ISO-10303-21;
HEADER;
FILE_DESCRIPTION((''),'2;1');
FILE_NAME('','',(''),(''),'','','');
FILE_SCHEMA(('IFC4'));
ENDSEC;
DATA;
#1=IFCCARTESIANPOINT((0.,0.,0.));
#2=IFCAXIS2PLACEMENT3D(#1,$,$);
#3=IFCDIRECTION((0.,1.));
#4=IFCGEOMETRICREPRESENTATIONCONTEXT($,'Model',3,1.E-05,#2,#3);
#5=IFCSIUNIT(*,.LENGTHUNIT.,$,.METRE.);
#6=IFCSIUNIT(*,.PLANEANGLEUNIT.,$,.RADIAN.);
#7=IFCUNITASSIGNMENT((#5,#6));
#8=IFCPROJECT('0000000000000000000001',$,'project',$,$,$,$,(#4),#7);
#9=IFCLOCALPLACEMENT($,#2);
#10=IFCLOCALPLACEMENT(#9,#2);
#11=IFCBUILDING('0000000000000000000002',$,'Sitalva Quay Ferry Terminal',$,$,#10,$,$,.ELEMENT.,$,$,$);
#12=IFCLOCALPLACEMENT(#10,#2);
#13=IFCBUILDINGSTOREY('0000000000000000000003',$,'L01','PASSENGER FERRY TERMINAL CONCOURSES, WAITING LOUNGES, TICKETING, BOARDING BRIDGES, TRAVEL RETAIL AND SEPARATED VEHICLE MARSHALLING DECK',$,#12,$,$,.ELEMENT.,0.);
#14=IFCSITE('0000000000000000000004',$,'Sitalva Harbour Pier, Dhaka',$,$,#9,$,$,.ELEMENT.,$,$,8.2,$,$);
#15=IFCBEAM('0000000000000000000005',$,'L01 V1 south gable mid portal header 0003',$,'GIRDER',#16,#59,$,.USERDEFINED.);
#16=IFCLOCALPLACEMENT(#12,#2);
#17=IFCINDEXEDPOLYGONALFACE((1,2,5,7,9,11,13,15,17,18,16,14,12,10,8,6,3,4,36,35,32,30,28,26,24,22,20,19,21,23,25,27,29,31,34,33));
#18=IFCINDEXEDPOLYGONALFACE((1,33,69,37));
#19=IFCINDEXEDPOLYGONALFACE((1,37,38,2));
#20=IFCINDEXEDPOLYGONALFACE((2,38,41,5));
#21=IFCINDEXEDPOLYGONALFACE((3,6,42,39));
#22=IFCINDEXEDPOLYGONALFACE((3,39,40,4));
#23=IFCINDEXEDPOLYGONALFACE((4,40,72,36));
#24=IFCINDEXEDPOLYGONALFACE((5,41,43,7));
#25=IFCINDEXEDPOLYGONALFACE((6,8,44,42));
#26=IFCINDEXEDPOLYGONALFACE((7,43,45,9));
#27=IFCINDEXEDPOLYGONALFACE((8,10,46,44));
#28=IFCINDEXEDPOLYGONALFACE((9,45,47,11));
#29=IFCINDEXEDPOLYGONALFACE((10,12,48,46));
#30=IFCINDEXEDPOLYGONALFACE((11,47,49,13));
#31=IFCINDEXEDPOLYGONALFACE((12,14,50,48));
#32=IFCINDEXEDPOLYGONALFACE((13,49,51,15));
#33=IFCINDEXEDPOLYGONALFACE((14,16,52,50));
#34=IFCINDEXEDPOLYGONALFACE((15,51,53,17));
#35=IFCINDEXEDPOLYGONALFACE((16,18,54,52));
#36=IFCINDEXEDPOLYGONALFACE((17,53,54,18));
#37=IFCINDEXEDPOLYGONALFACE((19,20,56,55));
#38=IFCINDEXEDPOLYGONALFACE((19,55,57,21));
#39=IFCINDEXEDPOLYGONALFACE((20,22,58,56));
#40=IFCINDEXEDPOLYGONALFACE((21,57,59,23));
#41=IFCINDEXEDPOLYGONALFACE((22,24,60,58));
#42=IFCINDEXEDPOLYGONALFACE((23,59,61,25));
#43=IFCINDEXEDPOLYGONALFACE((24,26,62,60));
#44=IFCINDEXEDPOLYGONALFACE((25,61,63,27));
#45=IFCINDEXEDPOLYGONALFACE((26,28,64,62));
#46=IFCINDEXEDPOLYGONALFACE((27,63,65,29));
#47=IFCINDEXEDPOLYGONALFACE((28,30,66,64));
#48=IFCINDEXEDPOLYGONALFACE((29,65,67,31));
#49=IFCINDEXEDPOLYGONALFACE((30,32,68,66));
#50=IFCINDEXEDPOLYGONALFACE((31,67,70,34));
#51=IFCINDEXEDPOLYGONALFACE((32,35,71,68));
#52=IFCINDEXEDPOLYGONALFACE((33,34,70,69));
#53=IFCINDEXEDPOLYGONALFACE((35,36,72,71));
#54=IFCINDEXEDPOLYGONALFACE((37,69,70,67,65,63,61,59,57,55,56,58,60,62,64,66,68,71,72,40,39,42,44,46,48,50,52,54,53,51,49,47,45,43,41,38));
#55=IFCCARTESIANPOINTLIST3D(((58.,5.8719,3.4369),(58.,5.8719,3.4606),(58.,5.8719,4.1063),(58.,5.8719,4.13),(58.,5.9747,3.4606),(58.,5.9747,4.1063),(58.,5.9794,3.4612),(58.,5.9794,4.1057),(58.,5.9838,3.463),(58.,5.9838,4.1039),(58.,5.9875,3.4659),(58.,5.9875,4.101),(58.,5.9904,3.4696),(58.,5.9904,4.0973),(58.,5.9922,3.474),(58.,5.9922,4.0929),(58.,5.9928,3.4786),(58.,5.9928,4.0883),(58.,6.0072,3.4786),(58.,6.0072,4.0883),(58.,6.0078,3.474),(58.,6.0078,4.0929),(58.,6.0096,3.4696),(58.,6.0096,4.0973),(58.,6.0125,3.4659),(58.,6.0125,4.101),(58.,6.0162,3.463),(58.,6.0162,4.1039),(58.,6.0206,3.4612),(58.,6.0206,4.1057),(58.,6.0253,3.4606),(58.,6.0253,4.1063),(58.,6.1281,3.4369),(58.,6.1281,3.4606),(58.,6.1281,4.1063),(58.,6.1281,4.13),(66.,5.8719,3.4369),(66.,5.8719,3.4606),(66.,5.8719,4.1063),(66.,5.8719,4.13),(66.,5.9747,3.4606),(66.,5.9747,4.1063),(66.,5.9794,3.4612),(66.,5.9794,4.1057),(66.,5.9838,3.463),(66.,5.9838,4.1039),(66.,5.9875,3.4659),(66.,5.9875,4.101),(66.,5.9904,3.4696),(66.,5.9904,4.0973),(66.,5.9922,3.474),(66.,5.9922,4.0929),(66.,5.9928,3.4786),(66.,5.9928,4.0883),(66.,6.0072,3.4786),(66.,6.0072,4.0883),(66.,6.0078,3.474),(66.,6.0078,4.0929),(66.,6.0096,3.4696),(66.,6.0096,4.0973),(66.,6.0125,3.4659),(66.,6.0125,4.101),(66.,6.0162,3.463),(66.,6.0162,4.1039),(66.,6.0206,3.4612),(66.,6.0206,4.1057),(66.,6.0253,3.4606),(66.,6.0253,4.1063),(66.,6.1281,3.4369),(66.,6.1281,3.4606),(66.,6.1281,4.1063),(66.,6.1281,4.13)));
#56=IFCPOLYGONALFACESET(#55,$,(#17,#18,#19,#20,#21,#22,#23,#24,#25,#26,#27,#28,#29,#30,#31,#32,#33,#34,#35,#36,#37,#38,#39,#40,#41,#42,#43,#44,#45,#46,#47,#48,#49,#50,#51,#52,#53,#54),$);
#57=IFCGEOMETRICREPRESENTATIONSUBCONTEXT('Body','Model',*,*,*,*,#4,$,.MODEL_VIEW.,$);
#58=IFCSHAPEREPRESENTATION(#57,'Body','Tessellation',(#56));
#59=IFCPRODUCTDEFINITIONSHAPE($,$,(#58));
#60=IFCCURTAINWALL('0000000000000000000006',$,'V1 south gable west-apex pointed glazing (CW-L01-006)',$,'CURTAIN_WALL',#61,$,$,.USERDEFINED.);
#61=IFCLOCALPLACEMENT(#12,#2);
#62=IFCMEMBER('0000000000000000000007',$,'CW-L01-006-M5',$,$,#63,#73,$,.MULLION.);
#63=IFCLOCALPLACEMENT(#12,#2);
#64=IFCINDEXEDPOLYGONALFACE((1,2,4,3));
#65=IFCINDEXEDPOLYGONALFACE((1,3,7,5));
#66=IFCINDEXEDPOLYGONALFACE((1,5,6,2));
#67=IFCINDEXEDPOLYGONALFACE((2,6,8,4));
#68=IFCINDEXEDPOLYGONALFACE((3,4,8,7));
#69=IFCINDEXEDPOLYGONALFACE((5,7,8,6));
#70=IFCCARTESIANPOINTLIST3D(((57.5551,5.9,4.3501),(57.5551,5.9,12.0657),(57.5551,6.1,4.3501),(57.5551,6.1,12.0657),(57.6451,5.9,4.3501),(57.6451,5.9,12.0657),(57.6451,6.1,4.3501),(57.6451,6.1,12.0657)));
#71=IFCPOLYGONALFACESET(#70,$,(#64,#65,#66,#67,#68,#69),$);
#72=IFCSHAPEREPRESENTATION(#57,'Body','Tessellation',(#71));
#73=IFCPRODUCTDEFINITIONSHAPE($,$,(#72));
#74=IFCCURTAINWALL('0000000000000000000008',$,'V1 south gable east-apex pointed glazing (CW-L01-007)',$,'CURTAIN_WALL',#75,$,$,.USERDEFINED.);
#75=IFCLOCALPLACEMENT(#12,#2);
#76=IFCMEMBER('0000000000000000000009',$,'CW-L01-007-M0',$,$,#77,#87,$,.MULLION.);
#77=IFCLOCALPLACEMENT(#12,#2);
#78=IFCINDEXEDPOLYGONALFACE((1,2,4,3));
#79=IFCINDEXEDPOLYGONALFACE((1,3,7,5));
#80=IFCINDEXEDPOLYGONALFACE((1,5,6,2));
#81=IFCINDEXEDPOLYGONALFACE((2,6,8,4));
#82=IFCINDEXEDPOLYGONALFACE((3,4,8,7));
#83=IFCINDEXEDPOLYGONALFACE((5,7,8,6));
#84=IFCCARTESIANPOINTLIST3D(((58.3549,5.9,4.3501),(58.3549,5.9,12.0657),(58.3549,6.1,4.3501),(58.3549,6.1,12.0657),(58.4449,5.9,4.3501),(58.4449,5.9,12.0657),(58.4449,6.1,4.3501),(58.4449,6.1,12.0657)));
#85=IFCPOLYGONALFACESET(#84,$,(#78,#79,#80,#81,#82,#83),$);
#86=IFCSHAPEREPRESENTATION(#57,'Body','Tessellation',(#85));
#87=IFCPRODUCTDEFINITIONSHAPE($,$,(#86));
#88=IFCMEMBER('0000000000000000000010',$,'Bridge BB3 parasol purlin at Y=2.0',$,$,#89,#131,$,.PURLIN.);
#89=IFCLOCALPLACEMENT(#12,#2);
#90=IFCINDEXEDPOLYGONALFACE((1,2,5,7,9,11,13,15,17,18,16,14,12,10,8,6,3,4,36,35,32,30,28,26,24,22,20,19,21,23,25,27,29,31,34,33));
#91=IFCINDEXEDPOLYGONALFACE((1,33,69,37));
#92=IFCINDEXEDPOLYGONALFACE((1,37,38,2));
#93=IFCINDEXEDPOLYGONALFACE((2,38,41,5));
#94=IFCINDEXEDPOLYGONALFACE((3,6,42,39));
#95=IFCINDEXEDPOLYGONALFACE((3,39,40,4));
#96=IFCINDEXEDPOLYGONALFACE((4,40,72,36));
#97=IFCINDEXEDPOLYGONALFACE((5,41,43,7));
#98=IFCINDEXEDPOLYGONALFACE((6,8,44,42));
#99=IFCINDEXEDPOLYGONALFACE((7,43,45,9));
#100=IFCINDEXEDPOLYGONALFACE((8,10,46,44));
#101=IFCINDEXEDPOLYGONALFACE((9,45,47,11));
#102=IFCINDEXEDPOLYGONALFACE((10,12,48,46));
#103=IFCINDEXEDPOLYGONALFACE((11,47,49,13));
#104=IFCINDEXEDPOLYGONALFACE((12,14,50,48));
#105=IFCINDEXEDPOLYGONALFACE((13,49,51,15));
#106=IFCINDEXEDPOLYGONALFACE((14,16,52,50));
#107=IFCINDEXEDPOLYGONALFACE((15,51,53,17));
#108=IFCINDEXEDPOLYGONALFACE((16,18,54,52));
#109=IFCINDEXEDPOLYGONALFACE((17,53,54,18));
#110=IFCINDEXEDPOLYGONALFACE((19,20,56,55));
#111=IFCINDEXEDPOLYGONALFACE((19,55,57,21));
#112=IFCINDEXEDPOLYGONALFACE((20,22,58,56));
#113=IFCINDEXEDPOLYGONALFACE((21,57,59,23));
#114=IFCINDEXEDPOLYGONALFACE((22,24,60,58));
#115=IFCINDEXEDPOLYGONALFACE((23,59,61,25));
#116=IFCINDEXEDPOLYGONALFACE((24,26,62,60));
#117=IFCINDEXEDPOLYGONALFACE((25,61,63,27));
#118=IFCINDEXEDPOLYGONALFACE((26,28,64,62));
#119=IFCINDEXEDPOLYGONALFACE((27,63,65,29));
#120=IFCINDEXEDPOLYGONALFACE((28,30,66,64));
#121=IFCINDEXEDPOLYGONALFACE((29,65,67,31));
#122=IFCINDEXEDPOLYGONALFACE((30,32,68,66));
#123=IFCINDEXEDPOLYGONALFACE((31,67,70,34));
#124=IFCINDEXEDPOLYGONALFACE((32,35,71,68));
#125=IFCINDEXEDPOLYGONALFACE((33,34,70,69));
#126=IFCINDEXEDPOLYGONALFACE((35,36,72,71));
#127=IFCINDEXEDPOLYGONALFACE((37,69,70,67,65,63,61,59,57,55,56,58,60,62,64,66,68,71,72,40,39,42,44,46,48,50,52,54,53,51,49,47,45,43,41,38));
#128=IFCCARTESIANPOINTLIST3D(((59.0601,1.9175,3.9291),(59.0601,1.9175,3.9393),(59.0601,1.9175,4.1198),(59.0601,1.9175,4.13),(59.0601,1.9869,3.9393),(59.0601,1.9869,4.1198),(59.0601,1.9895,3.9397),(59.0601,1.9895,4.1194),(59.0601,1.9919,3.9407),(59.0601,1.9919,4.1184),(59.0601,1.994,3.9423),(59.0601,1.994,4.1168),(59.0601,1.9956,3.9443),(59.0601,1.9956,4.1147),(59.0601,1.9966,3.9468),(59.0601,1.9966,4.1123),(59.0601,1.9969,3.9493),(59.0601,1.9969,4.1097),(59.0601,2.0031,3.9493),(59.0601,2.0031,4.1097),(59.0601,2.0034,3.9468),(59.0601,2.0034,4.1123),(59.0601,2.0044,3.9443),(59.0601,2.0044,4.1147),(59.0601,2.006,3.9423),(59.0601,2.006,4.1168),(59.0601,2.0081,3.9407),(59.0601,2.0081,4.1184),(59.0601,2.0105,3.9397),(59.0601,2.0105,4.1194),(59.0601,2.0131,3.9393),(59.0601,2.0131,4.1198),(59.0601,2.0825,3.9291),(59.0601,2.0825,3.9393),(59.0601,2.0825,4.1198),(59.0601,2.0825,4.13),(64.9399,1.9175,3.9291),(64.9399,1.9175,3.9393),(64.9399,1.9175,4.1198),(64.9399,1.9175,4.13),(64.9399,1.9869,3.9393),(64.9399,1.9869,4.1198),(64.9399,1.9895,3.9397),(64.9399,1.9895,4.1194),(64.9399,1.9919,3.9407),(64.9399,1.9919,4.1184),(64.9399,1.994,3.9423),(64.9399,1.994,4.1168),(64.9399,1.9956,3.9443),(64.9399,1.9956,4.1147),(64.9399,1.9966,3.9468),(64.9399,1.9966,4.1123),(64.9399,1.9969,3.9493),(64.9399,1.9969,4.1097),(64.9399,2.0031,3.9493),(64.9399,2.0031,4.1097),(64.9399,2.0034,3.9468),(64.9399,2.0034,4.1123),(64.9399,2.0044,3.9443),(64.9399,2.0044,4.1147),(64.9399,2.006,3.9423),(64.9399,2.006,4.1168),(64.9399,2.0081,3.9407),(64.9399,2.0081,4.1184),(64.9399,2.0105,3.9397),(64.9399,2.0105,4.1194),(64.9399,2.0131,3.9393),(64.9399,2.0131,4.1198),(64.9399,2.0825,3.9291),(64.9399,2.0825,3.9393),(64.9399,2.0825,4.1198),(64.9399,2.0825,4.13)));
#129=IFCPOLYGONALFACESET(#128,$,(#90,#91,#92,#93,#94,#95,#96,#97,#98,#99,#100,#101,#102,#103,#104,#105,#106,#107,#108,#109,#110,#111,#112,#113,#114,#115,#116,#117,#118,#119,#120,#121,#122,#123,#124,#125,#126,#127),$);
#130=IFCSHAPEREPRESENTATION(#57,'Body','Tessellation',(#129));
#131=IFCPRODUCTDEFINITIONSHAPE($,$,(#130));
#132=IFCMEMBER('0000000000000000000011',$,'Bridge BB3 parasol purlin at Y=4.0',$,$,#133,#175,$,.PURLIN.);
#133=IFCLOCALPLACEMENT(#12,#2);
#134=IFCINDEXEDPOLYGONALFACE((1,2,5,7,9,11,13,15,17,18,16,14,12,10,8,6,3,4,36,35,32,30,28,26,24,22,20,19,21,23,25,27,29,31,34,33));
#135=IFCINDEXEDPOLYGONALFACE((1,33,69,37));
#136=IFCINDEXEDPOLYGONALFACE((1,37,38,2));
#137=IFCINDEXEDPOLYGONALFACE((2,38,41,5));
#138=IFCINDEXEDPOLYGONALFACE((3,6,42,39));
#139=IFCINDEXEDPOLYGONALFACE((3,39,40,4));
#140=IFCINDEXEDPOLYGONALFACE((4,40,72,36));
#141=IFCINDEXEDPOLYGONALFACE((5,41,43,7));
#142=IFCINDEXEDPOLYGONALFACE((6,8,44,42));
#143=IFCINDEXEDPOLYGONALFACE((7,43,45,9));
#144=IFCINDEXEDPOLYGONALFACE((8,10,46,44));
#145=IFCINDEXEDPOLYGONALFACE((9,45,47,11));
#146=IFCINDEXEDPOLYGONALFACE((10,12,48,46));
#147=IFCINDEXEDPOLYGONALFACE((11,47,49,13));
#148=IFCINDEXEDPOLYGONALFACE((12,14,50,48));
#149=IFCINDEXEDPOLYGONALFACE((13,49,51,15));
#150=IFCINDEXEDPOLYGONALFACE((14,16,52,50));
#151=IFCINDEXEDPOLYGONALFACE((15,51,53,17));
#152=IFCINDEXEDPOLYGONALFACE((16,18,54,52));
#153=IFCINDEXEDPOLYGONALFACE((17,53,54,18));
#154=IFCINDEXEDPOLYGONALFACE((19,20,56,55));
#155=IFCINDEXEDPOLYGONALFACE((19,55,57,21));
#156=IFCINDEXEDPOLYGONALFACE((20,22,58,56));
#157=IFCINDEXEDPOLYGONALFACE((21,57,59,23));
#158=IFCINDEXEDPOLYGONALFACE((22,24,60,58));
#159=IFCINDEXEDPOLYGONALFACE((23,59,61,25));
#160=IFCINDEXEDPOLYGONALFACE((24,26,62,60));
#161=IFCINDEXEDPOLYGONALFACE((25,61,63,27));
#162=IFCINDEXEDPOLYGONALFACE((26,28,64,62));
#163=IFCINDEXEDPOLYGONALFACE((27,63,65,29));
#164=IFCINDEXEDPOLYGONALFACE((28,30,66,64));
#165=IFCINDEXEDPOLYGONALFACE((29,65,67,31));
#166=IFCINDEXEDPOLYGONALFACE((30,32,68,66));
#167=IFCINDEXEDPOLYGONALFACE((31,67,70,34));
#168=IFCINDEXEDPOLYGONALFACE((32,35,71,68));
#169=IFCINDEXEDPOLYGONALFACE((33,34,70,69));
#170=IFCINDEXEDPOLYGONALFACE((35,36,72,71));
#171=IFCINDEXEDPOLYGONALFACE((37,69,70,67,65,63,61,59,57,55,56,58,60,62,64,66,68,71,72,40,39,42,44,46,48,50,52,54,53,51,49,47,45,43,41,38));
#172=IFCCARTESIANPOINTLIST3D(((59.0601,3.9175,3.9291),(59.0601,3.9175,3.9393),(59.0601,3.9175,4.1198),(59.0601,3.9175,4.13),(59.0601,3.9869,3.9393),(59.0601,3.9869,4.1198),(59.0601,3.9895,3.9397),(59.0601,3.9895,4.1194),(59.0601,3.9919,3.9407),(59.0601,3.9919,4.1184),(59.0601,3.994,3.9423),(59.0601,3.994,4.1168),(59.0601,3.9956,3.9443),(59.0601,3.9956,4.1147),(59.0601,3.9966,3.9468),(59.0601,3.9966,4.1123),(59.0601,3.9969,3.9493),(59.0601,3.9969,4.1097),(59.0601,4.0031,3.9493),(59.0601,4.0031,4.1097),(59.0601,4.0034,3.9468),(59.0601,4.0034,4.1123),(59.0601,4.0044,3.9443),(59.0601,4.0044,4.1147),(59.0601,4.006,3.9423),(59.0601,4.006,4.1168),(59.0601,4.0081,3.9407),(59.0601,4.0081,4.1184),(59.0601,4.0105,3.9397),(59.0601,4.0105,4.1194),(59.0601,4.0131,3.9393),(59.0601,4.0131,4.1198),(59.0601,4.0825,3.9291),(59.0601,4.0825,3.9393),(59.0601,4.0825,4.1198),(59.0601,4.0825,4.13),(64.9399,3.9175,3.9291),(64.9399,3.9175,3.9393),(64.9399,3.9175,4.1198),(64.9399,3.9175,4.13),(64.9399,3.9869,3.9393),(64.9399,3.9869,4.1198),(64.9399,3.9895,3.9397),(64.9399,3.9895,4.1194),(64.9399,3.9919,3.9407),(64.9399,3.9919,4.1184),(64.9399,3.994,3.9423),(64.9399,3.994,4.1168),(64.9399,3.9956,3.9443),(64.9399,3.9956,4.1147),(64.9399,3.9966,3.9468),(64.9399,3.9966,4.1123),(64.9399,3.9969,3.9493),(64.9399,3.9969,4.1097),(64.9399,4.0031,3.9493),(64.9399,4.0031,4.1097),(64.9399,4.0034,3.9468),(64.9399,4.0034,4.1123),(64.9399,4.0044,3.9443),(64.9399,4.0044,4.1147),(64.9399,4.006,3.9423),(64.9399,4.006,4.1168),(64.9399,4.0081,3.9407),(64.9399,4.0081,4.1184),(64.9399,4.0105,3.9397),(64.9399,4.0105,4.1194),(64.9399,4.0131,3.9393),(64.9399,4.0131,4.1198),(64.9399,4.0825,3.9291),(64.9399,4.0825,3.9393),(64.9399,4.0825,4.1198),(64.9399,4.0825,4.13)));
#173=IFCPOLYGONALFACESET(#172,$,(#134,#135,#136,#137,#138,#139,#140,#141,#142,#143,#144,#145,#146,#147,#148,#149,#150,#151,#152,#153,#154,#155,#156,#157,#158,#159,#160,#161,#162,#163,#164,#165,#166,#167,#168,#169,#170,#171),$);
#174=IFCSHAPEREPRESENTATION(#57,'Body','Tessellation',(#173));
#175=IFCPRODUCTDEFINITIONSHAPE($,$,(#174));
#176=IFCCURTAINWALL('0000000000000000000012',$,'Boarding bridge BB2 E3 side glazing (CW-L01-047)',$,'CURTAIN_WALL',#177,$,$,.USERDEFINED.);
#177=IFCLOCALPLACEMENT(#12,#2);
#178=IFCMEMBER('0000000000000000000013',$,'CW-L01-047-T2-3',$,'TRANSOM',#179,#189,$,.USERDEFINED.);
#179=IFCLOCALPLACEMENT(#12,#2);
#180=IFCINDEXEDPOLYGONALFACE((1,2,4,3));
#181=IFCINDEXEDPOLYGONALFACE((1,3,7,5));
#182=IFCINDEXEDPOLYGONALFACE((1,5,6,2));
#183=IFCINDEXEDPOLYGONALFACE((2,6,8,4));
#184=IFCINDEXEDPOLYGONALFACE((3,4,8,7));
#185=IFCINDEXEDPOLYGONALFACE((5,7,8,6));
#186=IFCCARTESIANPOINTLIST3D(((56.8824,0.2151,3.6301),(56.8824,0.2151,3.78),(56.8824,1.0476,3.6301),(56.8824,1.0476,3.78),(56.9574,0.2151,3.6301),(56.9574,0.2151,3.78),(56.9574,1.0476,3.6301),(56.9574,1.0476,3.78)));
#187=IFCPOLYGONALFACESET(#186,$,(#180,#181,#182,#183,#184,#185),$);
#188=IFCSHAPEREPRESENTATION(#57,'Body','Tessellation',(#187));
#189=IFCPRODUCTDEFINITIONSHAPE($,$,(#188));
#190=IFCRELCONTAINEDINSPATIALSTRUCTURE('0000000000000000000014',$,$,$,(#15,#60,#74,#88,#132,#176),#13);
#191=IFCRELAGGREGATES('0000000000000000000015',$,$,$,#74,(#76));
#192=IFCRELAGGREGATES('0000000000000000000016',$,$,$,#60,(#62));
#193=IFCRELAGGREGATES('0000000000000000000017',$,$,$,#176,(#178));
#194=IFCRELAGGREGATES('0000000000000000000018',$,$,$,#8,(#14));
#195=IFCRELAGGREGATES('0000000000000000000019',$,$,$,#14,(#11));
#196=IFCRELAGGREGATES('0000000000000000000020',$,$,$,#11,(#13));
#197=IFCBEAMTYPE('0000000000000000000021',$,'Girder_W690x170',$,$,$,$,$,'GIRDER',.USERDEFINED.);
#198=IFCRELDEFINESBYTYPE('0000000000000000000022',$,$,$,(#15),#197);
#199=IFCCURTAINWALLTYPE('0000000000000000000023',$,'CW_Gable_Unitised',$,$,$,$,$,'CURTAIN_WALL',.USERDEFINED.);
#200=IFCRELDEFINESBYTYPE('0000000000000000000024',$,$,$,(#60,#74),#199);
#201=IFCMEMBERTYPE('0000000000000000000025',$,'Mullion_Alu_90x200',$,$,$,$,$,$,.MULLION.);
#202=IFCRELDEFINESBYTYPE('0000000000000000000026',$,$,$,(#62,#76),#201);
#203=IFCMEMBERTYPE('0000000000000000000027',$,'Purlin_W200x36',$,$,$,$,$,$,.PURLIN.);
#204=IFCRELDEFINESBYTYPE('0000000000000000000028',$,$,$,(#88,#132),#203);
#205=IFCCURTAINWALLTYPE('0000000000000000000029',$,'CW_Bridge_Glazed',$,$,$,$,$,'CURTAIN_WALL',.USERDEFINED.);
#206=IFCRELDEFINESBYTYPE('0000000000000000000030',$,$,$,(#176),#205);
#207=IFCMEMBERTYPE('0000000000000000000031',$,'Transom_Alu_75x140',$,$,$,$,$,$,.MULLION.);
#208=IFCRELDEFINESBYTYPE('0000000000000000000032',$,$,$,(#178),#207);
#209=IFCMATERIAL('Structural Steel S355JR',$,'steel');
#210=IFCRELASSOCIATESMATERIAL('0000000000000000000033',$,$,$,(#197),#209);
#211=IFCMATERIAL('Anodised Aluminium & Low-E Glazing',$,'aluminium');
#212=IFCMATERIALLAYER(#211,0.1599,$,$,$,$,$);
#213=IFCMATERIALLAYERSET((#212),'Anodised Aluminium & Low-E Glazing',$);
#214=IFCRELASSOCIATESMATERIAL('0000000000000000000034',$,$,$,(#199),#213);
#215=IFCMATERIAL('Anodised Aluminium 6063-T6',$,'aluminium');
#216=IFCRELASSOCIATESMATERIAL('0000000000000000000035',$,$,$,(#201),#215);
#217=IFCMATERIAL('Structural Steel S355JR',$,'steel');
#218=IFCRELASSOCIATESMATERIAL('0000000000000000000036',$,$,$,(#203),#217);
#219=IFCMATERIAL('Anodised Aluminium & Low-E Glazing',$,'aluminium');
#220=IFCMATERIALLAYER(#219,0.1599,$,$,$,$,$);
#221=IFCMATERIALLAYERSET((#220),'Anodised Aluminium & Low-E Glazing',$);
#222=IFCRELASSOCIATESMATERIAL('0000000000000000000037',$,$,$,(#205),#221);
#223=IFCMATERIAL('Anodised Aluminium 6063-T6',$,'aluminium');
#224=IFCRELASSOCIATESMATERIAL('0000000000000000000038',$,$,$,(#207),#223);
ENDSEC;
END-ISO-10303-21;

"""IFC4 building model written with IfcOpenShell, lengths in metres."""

from ifc_helpers import new_model, si_unit, direction, frame, origin, origin_2d, place, context, subcontext, project, spatial, rectangle, i_section, extrude, material, layer, layer_set, material_profile, profile_set, type_object, element, aggregate, save


model = new_model("IFC4")

# Units and contexts
model_context = context("Model", 3, precision=1e-05, world=origin(), true_north=direction((0.0, 1.0)))
body_context = subcontext(model_context, "Body", "Model", "MODEL_VIEW")
ifc_project = project(units=[si_unit("LENGTHUNIT", "METRE"), si_unit("PLANEANGLEUNIT", "RADIAN")], contexts=[model_context])

# Site, building, storey
site_placement = place(None, origin())
site = spatial("IfcSite", under=ifc_project, at=site_placement, Name="Sitalva Harbour Pier, Dhaka", CompositionType="ELEMENT", RefElevation=8.2)
building_placement = place(site_placement, origin())
building = spatial("IfcBuilding", under=site, at=building_placement, Name="Sitalva Quay Ferry Terminal", CompositionType="ELEMENT")
storey_placement = place(building_placement, origin())
storey = spatial("IfcBuildingStorey", under=building, at=storey_placement, Name="L01", Description="PASSENGER FERRY TERMINAL CONCOURSES, WAITING LOUNGES, TICKETING, BOARDING BRIDGES, TRAVEL RETAIL AND SEPARATED VEHICLE MARSHALLING DECK", CompositionType="ELEMENT", Elevation=0.0)

# Beam
ifc_material_1 = material(Name="Structural Steel S355JR", Category="steel")
ifc_material_profile_1 = material_profile(ifc_material_1, i_section(OverallWidth=0.2561, OverallDepth=0.6931, WebThickness=0.0144, FlangeThickness=0.0237, FilletRadius=0.0181, at=origin_2d()), Name="W690x170")
ifc_profile_set_1 = profile_set([ifc_material_profile_1], Name="Structural Steel S355JR")
beam_type = type_object("IfcBeamType", Name="Girder_W690x170", ElementType="GIRDER", PredefinedType="USERDEFINED", material=ifc_profile_set_1)
beam_placement = place(storey_placement, frame((58.0, 6.0, 3.7834), z_axis=(1.0, 0.0, 0.0), x_axis=(0.0, 1.0, 0.0)))
element("IfcBeam", 1, at=beam_placement, inside=storey, type_object=beam_type, Name="L01 V1 south gable mid portal header 0003", ObjectType="GIRDER", PredefinedType="USERDEFINED", context=body_context, shape_type="SweptSolid", body=[
    extrude(i_section(OverallWidth=0.2561, OverallDepth=0.6931, WebThickness=0.0144, FlangeThickness=0.0237, FilletRadius=0.0181, at=origin_2d()), origin(), (0.0, 0.0, 1.0), 8.0),
])

# Curtain walls, members
ifc_material_2 = material(Name="Anodised Aluminium & Low-E Glazing", Category="aluminium")
ifc_layer_1 = layer(ifc_material_2, 0.1599)
ifc_layer_set_1 = layer_set([ifc_layer_1], Name="Anodised Aluminium & Low-E Glazing")
curtain_wall_type_1 = type_object("IfcCurtainWallType", Name="CW_Gable_Unitised", ElementType="CURTAIN_WALL", PredefinedType="USERDEFINED", material=ifc_layer_set_1)
curtain_wall_1_placement = place(storey_placement, origin())
curtain_wall_1 = element("IfcCurtainWall", 2, at=curtain_wall_1_placement, inside=storey, type_object=curtain_wall_type_1, Name="V1 south gable west-apex pointed glazing (CW-L01-006)", ObjectType="CURTAIN_WALL", PredefinedType="USERDEFINED")
ifc_material_3 = material(Name="Anodised Aluminium 6063-T6", Category="aluminium")
ifc_material_profile_2 = material_profile(ifc_material_3, rectangle(XDim=0.0901, YDim=0.2, at=origin_2d()), Name="ALU90x200")
ifc_profile_set_2 = profile_set([ifc_material_profile_2], Name="Anodised Aluminium 6063-T6")
member_type_1 = type_object("IfcMemberType", Name="Mullion_Alu_90x200", PredefinedType="MULLION", material=ifc_profile_set_2)
member_1_placement = place(storey_placement, frame((57.6001, 6.0, 4.3501), z_axis=(0.0, 0.0, 1.0), x_axis=(1.0, 0.0, 0.0)))
member_1 = element("IfcMember", 3, at=member_1_placement, type_object=member_type_1, Name="CW-L01-006-M5", PredefinedType="MULLION", context=body_context, shape_type="SweptSolid", body=[
    extrude(rectangle(XDim=0.0901, YDim=0.2, at=origin_2d()), origin(), (0.0, 0.0, 1.0), 7.7156),
])
curtain_wall_2_placement = place(storey_placement, origin())
curtain_wall_2 = element("IfcCurtainWall", 4, at=curtain_wall_2_placement, inside=storey, type_object=curtain_wall_type_1, Name="V1 south gable east-apex pointed glazing (CW-L01-007)", ObjectType="CURTAIN_WALL", PredefinedType="USERDEFINED")
member_2_placement = place(storey_placement, frame((58.3999, 6.0, 4.3501), z_axis=(0.0, 0.0, 1.0), x_axis=(1.0, 0.0, 0.0)))
member_2 = element("IfcMember", 5, at=member_2_placement, type_object=member_type_1, Name="CW-L01-007-M0", PredefinedType="MULLION", context=body_context, shape_type="SweptSolid", body=[
    extrude(rectangle(XDim=0.0901, YDim=0.2, at=origin_2d()), origin(), (0.0, 0.0, 1.0), 7.7156),
])

# Members
ifc_material_4 = material(Name="Structural Steel S355JR", Category="steel")
ifc_material_profile_3 = material_profile(ifc_material_4, i_section(OverallWidth=0.165, OverallDepth=0.2009, WebThickness=0.0061, FlangeThickness=0.0103, FilletRadius=0.01, at=origin_2d()), Name="W200x36")
ifc_profile_set_3 = profile_set([ifc_material_profile_3], Name="Structural Steel S355JR")
member_type_2 = type_object("IfcMemberType", Name="Purlin_W200x36", PredefinedType="PURLIN", material=ifc_profile_set_3)
for number, where, z_axis, x_axis, name in (
    (6, (59.0601, 2.0, 4.0295), (1.0, 0.0, 0.0), (0.0, 1.0, 0.0), "Bridge BB3 parasol purlin at Y=2.0"),
    (7, (59.0601, 4.0, 4.0295), (1.0, 0.0, 0.0), (0.0, 1.0, 0.0), "Bridge BB3 parasol purlin at Y=4.0"),
):
    element("IfcMember", number, at=place(storey_placement, frame(where, z_axis=z_axis, x_axis=x_axis)), inside=storey, type_object=member_type_2, Name=name, PredefinedType="PURLIN", context=body_context, shape_type="SweptSolid", body=[
        extrude(i_section(OverallWidth=0.165, OverallDepth=0.2009, WebThickness=0.0061, FlangeThickness=0.0103, FilletRadius=0.01, at=origin_2d()), origin(), (0.0, 0.0, 1.0), 5.8799),
    ])

# Curtain wall, member
ifc_material_5 = material(Name="Anodised Aluminium & Low-E Glazing", Category="aluminium")
ifc_layer_2 = layer(ifc_material_5, 0.1599)
ifc_layer_set_2 = layer_set([ifc_layer_2], Name="Anodised Aluminium & Low-E Glazing")
curtain_wall_type_2 = type_object("IfcCurtainWallType", Name="CW_Bridge_Glazed", ElementType="CURTAIN_WALL", PredefinedType="USERDEFINED", material=ifc_layer_set_2)
curtain_wall_3_placement = place(storey_placement, origin())
curtain_wall_3 = element("IfcCurtainWall", 8, at=curtain_wall_3_placement, inside=storey, type_object=curtain_wall_type_2, Name="Boarding bridge BB2 E3 side glazing (CW-L01-047)", ObjectType="CURTAIN_WALL", PredefinedType="USERDEFINED")
ifc_material_6 = material(Name="Anodised Aluminium 6063-T6", Category="aluminium")
ifc_material_profile_4 = material_profile(ifc_material_6, rectangle(XDim=0.075, YDim=0.1499, at=origin_2d()), Name="ALU75x150")
ifc_profile_set_4 = profile_set([ifc_material_profile_4], Name="Anodised Aluminium 6063-T6")
member_type_3 = type_object("IfcMemberType", Name="Transom_Alu_75x140", PredefinedType="MULLION", material=ifc_profile_set_4)
member_3_placement = place(storey_placement, frame((56.9199, 0.2151, 3.7051), z_axis=(0.0, 1.0, 0.0), x_axis=(-1.0, 0.0, 0.0)))
member_3 = element("IfcMember", 9, at=member_3_placement, type_object=member_type_3, Name="CW-L01-047-T2-3", ObjectType="TRANSOM", PredefinedType="USERDEFINED", context=body_context, shape_type="SweptSolid", body=[
    extrude(rectangle(XDim=0.075, YDim=0.1499, at=origin_2d()), origin(), (0.0, 0.0, 1.0), 0.8325),
])

aggregate(curtain_wall_2, [member_2])

aggregate(curtain_wall_1, [member_1])
aggregate(curtain_wall_3, [member_3])

save(model, "model.ifc")
